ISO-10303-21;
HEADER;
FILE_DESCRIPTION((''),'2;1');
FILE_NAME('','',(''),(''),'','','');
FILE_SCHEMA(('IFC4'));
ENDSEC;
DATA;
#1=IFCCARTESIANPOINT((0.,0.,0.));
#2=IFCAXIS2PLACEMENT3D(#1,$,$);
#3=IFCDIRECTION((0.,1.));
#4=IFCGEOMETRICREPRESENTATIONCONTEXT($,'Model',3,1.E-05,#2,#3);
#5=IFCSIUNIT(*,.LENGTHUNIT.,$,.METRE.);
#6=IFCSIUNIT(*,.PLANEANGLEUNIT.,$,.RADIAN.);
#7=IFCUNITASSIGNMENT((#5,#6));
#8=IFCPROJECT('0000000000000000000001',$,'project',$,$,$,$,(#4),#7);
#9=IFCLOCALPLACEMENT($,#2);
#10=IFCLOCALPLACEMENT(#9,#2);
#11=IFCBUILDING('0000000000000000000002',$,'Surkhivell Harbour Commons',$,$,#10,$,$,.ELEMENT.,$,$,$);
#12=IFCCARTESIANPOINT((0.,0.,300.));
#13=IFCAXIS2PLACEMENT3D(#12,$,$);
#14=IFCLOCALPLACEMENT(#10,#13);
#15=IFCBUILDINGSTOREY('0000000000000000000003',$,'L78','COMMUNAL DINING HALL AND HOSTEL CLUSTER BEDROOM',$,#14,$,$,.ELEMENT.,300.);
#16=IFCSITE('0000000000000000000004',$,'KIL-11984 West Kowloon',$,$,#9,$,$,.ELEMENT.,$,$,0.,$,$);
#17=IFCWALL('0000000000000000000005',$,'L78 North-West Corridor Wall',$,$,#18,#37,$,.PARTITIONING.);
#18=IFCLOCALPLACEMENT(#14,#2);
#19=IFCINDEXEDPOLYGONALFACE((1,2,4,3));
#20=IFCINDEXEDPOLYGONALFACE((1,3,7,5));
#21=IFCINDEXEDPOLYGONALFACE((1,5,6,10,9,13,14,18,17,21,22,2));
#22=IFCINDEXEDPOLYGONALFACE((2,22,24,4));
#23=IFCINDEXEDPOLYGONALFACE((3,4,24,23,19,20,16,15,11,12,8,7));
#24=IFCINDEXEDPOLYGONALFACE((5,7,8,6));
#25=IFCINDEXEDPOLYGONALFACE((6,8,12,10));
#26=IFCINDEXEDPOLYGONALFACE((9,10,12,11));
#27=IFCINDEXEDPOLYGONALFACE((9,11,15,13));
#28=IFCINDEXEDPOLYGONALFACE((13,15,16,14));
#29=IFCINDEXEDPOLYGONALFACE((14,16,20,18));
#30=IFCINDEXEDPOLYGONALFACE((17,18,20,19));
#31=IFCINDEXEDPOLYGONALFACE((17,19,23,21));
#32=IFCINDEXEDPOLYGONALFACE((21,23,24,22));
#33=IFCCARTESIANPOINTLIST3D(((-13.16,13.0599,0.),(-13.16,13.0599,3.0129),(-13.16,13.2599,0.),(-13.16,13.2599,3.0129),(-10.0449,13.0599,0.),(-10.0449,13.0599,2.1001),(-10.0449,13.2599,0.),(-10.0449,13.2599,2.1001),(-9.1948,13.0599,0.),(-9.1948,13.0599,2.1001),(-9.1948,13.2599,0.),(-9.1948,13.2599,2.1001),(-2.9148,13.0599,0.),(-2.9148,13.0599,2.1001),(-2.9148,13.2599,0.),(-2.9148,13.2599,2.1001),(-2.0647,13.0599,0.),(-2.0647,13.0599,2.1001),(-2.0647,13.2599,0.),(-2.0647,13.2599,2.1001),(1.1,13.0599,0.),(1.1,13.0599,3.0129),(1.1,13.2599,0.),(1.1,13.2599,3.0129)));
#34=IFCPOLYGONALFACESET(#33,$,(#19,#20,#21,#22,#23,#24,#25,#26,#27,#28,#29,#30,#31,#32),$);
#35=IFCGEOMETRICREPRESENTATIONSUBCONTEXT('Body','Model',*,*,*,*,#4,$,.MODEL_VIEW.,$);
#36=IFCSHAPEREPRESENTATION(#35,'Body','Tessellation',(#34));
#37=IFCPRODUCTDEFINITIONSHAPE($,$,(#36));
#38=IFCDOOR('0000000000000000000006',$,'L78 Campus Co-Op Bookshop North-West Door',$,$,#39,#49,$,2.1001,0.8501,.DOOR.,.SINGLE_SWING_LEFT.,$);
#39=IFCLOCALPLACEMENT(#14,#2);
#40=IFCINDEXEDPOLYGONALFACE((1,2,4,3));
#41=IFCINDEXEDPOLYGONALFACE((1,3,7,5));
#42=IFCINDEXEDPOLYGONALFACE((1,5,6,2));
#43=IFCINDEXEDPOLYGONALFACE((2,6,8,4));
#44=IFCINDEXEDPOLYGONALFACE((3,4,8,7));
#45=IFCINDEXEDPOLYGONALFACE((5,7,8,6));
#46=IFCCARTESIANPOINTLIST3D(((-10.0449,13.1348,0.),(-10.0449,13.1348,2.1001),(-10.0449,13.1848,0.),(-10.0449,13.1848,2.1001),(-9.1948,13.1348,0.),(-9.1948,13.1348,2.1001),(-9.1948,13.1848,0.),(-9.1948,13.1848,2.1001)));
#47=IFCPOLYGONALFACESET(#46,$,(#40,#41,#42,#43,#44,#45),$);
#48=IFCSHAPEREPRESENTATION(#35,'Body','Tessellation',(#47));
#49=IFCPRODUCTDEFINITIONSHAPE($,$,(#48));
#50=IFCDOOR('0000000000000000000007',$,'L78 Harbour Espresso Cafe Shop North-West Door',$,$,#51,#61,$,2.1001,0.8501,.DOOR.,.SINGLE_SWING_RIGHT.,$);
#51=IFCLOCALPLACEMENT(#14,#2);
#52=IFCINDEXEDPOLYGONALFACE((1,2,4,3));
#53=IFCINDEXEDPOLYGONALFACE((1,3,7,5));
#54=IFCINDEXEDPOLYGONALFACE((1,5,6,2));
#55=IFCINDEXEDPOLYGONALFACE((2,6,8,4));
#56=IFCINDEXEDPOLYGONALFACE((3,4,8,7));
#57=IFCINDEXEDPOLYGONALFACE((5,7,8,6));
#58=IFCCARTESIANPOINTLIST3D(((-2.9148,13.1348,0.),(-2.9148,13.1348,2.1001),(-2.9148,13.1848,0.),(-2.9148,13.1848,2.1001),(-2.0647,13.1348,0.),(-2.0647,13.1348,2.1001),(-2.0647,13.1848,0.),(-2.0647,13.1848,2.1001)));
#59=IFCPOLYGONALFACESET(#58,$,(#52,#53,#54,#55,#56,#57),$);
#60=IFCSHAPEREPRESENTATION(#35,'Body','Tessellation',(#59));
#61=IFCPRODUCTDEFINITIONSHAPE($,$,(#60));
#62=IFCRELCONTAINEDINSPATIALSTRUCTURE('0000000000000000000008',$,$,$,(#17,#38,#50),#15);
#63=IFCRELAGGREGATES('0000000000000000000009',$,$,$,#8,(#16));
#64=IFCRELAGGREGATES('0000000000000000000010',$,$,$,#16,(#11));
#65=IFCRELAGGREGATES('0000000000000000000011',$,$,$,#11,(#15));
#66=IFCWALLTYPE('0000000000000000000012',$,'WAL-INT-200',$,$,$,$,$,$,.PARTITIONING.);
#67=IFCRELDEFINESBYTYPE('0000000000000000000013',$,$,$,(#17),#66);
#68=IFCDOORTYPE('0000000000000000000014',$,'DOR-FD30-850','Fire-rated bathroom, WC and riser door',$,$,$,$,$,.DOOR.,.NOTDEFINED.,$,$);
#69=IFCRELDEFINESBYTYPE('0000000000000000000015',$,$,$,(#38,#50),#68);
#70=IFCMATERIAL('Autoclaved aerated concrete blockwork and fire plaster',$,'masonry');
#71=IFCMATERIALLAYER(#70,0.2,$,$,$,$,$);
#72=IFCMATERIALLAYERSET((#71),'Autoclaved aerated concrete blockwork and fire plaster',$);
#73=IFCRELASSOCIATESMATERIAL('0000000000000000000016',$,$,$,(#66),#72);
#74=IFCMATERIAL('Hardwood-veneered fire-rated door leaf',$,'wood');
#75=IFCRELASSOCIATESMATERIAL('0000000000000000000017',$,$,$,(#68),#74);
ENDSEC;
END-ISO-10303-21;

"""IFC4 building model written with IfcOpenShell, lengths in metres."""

from ifc_helpers import new_model, si_unit, direction, frame, frame_2d, origin, place, context, subcontext, project, spatial, rectangle, extrude, material, layer, layer_set, type_object, element, fill, save


model = new_model("IFC4")

# Units and contexts
model_context = context("Model", 3, precision=1e-05, world=origin(), true_north=direction((0.0, 1.0)))
body_context = subcontext(model_context, "Body", "Model", "MODEL_VIEW")
ifc_project = project(units=[si_unit("LENGTHUNIT", "METRE"), si_unit("PLANEANGLEUNIT", "RADIAN")], contexts=[model_context])

# Site, building, storey
site_placement = place(None, origin())
site = spatial("IfcSite", under=ifc_project, at=site_placement, Name="KIL-11984 West Kowloon", CompositionType="ELEMENT", RefElevation=0.0)
building_placement = place(site_placement, origin())
building = spatial("IfcBuilding", under=site, at=building_placement, Name="Surkhivell Harbour Commons", CompositionType="ELEMENT")
storey_placement = place(building_placement, frame((0.0, 0.0, 300.0)))
storey = spatial("IfcBuildingStorey", under=building, at=storey_placement, Name="L78", Description="COMMUNAL DINING HALL AND HOSTEL CLUSTER BEDROOM", CompositionType="ELEMENT", Elevation=300.0)

# Wall, openings, doors
ifc_material_1 = material(Name="Autoclaved aerated concrete blockwork and fire plaster", Category="masonry")
ifc_layer_1 = layer(ifc_material_1, 0.2)
ifc_layer_set_1 = layer_set([ifc_layer_1], Name="Autoclaved aerated concrete blockwork and fire plaster")
wall_type_1 = type_object("IfcWallType", Name="WAL-INT-200", PredefinedType="PARTITIONING", material=ifc_layer_set_1)
wall_1_placement = place(storey_placement, frame((-13.1599, 13.1599, 0.0), z_axis=(0.0, 0.0, 1.0), x_axis=(1.0, 0.0, 0.0)))
wall_1 = element("IfcWall", 1, at=wall_1_placement, inside=storey, type_object=wall_type_1, Name="L78 North-West Corridor Wall", PredefinedType="PARTITIONING", context=body_context, shape_type="SweptSolid", body=[
    extrude(rectangle(XDim=14.26, YDim=0.2, at=frame_2d((7.1299, 0.0))), origin(), (0.0, 0.0, 1.0), 3.0129),
])
opening_1_placement = place(wall_1_placement, frame((3.115, 0.0, 0.0)))
opening_1 = element("IfcOpeningElement", 2, at=opening_1_placement, cuts=wall_1, PredefinedType="OPENING", context=body_context, shape_type="SweptSolid", body=[
    extrude(rectangle(XDim=0.8501, YDim=2.1001, at=frame_2d((0.425, 1.05))), frame((0.0, 0.1099, 0.0), z_axis=(0.0, -1.0, 0.0), x_axis=(1.0, 0.0, 0.0)), (0.0, 0.0, 1.0), 0.22),
])
opening_2_placement = place(wall_1_placement, frame((10.2451, 0.0, 0.0)))
opening_2 = element("IfcOpeningElement", 3, at=opening_2_placement, cuts=wall_1, PredefinedType="OPENING", context=body_context, shape_type="SweptSolid", body=[
    extrude(rectangle(XDim=0.8501, YDim=2.1001, at=frame_2d((0.425, 1.05))), frame((0.0, 0.1099, 0.0), z_axis=(0.0, -1.0, 0.0), x_axis=(1.0, 0.0, 0.0)), (0.0, 0.0, 1.0), 0.22),
])
ifc_material_2 = material(Name="Hardwood-veneered fire-rated door leaf", Category="wood")
door_type = type_object("IfcDoorType", Name="DOR-FD30-850", Description="Fire-rated bathroom, WC and riser door", OperationType="NOTDEFINED", PredefinedType="DOOR", material=ifc_material_2)
door_1_placement = place(opening_1_placement, origin())
door_1 = element("IfcDoor", 4, at=door_1_placement, inside=storey, type_object=door_type, Name="L78 Campus Co-Op Bookshop North-West Door", OperationType="SINGLE_SWING_LEFT", OverallHeight=2.1001, OverallWidth=0.8501, PredefinedType="DOOR", context=body_context, shape_type="SweptSolid", body=[
    extrude(rectangle(XDim=0.8501, YDim=2.1001, at=frame_2d((0.425, 1.05))), frame((0.0, 0.0249, 0.0), z_axis=(0.0, -1.0, 0.0), x_axis=(1.0, 0.0, 0.0)), (0.0, 0.0, 1.0), 0.05),
])
fill(opening_1, door_1)
door_2_placement = place(opening_2_placement, origin())
door_2 = element("IfcDoor", 5, at=door_2_placement, inside=storey, type_object=door_type, Name="L78 Harbour Espresso Cafe Shop North-West Door", OperationType="SINGLE_SWING_RIGHT", OverallHeight=2.1001, OverallWidth=0.8501, PredefinedType="DOOR", context=body_context, shape_type="SweptSolid", body=[
    extrude(rectangle(XDim=0.8501, YDim=2.1001, at=frame_2d((0.425, 1.05))), frame((0.0, 0.0249, 0.0), z_axis=(0.0, -1.0, 0.0), x_axis=(1.0, 0.0, 0.0)), (0.0, 0.0, 1.0), 0.05),
])
fill(opening_2, door_2)

save(model, "model.ifc")
